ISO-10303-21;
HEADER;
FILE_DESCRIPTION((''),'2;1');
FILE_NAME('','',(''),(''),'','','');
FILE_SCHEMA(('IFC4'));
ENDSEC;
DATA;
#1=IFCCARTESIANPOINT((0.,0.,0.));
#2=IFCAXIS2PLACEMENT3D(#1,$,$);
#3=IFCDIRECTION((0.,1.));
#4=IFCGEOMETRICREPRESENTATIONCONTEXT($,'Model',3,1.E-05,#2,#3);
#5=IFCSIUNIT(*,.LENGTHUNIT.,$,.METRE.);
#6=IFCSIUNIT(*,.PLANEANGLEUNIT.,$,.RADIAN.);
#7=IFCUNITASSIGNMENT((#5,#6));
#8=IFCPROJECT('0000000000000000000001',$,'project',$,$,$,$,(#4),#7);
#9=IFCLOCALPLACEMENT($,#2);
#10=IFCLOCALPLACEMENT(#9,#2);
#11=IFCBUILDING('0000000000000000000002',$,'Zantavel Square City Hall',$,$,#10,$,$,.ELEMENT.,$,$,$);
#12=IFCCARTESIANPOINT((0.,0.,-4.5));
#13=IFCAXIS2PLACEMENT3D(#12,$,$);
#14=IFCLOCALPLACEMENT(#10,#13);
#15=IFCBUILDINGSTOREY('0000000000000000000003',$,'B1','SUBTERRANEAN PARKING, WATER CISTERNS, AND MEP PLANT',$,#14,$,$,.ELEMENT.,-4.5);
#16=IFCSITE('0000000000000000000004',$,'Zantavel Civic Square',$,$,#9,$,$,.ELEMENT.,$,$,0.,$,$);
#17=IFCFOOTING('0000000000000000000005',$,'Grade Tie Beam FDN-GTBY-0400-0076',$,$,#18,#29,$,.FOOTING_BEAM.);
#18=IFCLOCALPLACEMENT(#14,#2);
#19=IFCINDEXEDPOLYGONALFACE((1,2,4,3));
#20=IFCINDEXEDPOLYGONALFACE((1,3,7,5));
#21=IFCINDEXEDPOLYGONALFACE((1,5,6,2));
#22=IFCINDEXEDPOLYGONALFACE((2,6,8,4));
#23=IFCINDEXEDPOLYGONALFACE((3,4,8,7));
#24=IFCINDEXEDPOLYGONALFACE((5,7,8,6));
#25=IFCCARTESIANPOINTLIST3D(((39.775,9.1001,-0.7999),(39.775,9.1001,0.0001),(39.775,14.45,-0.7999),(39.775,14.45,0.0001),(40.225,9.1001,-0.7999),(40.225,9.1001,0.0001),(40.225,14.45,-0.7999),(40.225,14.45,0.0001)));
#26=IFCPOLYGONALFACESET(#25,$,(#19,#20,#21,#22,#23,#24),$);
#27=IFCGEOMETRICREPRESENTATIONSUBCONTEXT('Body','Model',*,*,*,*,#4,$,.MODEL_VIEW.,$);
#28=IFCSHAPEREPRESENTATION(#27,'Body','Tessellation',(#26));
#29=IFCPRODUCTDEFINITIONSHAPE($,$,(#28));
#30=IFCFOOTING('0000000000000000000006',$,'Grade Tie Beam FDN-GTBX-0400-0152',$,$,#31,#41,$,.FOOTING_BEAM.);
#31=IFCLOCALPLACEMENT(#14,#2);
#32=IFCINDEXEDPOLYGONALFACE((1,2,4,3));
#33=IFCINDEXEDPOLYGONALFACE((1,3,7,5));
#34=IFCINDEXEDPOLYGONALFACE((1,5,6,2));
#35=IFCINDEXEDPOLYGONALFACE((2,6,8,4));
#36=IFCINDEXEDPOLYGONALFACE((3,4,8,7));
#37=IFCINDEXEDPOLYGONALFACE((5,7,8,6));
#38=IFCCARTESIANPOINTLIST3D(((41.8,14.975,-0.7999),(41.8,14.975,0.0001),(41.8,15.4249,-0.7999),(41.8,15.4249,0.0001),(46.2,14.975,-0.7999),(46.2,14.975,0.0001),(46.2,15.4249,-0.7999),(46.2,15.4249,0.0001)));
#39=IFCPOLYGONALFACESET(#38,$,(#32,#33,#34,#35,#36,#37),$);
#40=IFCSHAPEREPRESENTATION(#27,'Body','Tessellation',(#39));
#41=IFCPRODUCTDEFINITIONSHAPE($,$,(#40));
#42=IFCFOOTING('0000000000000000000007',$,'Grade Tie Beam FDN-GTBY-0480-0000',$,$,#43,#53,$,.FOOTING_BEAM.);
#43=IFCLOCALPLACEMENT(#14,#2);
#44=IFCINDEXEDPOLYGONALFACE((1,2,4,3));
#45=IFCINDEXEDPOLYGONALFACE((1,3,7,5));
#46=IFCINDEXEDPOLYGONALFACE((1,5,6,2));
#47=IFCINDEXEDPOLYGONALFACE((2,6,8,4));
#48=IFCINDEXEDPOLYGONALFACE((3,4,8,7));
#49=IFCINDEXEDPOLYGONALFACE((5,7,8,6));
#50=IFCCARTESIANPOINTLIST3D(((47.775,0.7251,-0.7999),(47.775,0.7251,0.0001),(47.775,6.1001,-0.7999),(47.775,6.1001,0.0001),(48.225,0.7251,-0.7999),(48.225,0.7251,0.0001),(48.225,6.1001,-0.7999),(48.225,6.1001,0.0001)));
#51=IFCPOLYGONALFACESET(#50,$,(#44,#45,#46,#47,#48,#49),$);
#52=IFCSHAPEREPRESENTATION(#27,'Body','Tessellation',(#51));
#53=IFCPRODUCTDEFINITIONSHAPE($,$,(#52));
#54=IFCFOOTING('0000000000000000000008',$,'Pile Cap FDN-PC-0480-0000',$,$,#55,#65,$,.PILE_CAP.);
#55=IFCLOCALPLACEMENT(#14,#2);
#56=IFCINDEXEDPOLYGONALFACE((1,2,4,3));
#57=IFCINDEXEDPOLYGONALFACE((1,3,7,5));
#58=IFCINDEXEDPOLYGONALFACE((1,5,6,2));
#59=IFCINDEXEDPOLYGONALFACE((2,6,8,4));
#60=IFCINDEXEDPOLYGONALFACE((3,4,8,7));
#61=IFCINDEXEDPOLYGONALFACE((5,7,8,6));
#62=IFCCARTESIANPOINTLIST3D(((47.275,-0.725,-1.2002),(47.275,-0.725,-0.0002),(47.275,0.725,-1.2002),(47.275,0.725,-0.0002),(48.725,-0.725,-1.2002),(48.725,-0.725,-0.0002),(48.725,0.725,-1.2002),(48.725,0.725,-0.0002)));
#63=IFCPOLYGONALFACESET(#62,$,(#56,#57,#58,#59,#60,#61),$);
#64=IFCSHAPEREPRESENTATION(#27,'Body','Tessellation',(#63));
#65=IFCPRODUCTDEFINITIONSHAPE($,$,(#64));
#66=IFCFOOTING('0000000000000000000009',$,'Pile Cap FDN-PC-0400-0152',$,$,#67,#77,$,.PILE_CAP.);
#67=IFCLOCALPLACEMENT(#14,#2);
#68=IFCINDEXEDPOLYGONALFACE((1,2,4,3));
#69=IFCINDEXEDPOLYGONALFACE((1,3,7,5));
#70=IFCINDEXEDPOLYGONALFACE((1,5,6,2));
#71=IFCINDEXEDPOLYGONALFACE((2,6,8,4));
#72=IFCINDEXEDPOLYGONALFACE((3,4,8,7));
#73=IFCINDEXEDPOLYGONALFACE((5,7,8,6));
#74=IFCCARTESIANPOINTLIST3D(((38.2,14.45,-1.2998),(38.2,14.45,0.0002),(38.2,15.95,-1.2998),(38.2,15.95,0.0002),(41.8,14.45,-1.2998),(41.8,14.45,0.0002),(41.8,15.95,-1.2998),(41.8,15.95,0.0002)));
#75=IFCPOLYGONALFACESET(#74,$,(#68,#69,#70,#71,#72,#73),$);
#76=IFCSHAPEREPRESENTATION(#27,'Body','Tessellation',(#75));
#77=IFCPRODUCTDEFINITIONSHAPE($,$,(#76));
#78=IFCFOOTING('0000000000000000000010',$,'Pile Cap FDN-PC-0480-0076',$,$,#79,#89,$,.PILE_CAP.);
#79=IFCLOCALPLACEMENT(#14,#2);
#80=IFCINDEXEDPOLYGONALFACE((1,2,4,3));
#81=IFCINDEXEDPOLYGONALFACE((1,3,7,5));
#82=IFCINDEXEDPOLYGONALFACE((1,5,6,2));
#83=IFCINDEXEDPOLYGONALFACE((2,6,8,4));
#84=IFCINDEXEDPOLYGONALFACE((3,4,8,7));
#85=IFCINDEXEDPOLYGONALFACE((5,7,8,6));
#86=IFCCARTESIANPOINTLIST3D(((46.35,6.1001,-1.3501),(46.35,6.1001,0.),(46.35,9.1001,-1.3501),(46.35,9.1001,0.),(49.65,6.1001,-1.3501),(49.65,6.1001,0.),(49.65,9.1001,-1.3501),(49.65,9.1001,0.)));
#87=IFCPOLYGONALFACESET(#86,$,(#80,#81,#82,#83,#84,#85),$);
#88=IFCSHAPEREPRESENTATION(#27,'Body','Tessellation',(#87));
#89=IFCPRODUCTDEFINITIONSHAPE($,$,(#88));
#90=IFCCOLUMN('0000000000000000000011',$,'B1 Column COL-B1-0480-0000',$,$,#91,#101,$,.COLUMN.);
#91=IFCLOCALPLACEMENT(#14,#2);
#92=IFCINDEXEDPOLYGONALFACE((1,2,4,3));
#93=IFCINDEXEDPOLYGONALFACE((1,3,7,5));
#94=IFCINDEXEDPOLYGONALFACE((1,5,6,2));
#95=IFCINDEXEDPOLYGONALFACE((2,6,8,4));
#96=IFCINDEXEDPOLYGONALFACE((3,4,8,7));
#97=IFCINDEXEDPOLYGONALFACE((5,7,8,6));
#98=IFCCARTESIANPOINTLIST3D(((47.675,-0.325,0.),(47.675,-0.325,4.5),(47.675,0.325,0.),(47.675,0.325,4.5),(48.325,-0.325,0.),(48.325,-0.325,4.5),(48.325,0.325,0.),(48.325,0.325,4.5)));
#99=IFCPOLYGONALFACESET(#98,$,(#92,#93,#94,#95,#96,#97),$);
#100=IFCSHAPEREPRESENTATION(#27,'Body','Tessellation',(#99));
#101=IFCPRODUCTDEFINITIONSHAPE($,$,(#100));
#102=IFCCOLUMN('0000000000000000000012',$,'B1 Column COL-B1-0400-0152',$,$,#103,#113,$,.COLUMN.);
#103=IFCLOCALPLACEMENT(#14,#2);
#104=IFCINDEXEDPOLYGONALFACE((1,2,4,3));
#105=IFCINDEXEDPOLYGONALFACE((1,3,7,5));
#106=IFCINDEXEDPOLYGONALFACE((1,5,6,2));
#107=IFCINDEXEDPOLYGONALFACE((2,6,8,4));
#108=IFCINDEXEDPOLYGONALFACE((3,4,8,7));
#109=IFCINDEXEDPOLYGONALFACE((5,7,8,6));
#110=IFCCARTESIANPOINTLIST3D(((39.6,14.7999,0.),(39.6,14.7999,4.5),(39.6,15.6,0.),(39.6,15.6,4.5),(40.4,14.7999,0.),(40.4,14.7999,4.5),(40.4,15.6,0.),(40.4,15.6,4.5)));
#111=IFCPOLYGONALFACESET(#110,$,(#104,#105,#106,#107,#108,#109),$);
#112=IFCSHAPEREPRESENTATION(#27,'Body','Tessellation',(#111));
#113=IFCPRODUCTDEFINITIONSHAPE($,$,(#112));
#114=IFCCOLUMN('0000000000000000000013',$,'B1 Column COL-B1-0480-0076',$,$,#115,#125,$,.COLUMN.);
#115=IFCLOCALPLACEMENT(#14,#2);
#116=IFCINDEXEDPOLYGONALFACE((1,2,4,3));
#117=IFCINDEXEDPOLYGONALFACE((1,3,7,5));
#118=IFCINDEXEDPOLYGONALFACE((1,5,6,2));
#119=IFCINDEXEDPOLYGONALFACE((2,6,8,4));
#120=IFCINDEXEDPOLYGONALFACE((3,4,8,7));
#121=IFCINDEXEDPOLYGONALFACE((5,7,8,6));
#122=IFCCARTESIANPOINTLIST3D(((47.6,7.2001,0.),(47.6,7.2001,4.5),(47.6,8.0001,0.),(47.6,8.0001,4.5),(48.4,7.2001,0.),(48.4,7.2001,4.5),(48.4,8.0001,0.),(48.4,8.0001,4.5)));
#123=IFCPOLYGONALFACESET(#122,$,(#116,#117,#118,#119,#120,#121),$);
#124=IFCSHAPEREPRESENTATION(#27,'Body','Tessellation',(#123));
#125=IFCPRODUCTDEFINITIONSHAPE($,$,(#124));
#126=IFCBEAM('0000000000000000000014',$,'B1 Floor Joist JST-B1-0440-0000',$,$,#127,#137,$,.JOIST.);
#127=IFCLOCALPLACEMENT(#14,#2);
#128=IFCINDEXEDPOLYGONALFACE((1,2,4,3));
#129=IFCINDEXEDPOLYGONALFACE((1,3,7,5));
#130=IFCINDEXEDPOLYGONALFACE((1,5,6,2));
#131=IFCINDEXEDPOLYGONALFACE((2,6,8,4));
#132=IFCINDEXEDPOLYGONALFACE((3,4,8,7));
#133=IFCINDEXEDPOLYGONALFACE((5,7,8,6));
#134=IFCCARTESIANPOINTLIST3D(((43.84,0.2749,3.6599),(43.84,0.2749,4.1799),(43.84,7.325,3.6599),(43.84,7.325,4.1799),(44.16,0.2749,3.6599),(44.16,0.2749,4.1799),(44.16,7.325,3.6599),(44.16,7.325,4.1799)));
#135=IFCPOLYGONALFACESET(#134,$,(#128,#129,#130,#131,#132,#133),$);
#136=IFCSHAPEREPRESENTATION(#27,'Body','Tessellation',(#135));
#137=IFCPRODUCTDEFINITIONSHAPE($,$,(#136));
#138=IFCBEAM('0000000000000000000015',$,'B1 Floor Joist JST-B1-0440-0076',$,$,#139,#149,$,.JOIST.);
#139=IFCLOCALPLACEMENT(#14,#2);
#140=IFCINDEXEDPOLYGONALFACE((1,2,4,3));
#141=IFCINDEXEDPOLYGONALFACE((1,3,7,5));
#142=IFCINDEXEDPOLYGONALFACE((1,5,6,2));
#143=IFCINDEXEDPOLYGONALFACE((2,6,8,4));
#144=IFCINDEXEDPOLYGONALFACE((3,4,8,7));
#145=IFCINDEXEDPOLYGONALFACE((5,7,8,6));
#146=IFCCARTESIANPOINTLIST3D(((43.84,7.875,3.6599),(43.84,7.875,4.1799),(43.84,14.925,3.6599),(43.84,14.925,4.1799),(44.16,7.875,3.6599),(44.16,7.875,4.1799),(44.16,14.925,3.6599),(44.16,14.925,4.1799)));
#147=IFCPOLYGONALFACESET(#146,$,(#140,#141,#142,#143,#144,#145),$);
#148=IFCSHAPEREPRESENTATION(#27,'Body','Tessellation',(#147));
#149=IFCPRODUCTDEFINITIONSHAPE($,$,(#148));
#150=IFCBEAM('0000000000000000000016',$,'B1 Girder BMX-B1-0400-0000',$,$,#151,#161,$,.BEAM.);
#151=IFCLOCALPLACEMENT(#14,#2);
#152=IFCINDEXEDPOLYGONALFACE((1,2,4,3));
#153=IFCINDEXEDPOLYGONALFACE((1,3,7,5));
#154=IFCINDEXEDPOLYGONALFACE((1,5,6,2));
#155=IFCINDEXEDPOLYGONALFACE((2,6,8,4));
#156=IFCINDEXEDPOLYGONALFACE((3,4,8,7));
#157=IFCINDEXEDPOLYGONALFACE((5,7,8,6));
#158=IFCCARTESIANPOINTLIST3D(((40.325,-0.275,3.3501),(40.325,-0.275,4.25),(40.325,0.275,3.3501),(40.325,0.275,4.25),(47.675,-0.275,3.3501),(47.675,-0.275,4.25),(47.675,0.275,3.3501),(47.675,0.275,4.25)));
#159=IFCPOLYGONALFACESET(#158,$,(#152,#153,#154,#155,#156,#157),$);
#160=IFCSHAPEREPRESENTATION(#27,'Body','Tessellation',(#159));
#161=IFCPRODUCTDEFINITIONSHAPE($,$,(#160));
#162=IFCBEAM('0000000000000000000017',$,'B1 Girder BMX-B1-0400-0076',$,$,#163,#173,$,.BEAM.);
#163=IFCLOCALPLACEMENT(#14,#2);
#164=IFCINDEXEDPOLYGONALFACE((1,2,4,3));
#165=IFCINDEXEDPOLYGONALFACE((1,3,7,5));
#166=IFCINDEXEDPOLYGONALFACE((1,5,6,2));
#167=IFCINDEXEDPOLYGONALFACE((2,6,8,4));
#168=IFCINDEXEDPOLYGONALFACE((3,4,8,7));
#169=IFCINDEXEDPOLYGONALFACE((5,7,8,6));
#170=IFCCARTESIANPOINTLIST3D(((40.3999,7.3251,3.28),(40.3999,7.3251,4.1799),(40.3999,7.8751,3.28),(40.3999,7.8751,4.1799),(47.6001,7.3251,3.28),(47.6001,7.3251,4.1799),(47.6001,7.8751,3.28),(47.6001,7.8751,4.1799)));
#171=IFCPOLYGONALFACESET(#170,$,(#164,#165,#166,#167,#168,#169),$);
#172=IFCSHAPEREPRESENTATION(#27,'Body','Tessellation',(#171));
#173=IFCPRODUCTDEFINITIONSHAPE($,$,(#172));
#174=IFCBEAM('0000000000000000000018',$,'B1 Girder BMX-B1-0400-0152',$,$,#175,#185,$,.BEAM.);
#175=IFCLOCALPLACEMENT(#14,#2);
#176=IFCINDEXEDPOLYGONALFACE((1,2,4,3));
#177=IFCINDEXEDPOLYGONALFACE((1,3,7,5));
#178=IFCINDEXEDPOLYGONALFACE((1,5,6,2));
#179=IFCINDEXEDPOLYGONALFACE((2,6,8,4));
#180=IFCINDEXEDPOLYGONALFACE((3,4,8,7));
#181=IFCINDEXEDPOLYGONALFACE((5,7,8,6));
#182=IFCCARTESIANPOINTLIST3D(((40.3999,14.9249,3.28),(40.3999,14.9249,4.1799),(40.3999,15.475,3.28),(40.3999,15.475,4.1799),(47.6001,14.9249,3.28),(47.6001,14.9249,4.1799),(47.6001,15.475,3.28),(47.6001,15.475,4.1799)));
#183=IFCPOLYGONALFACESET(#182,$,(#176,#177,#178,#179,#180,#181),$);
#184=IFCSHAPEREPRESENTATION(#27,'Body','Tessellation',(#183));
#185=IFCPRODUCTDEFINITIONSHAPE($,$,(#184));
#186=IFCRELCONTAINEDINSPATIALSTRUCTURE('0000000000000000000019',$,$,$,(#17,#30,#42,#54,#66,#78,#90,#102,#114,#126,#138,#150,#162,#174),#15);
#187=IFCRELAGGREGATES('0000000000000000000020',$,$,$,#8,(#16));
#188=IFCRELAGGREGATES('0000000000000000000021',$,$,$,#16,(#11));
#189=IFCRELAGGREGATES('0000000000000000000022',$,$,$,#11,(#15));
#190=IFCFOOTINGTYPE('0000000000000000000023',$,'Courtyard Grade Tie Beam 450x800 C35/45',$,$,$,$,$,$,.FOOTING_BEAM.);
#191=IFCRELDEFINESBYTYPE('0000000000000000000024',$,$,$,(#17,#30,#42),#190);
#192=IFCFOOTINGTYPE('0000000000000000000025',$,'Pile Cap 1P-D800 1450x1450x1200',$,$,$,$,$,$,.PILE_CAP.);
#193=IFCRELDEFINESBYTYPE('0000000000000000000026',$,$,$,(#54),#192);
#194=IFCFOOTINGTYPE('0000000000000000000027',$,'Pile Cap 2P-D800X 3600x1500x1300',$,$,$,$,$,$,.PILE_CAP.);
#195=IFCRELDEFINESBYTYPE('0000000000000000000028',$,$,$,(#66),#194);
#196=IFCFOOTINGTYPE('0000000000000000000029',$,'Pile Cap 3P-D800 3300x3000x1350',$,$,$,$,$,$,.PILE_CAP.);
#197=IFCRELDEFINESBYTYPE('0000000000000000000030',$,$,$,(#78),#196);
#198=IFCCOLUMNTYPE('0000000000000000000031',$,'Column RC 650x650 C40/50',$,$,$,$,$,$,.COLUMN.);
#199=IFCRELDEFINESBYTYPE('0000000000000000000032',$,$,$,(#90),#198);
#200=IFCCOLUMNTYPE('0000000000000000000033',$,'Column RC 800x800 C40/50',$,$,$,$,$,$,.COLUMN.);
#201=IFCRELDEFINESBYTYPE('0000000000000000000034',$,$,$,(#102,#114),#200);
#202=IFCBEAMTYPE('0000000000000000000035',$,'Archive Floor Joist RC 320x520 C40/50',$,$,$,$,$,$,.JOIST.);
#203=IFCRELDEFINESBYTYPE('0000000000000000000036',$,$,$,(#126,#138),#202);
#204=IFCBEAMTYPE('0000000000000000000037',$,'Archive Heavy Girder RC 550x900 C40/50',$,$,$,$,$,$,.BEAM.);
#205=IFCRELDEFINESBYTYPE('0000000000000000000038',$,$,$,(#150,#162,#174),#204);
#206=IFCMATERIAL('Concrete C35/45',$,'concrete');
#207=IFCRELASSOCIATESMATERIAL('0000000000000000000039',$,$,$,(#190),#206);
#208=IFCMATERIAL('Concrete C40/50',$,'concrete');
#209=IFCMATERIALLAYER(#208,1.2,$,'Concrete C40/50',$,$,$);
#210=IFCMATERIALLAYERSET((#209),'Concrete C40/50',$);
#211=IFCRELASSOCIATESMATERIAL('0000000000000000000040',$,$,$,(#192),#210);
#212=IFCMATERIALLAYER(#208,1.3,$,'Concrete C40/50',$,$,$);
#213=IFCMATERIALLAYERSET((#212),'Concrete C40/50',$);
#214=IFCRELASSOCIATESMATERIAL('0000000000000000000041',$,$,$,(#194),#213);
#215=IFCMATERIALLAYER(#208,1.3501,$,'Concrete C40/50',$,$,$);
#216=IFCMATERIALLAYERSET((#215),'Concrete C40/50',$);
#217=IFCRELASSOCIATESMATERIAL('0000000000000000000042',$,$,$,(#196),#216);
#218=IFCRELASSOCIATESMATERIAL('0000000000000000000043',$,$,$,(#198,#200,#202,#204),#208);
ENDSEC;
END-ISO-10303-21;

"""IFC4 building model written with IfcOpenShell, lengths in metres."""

from ifc_helpers import new_model, si_unit, direction, frame, origin, origin_2d, place, context, subcontext, project, spatial, rectangle, extrude, material, layer, layer_set, material_profile, profile_set, type_object, element, save


model = new_model("IFC4")

# Units and contexts
model_context = context("Model", 3, precision=1e-05, world=origin(), true_north=direction((0.0, 1.0)))
body_context = subcontext(model_context, "Body", "Model", "MODEL_VIEW")
ifc_project = project(units=[si_unit("LENGTHUNIT", "METRE"), si_unit("PLANEANGLEUNIT", "RADIAN")], contexts=[model_context])

# Site, building, storey
site_placement = place(None, origin())
site = spatial("IfcSite", under=ifc_project, at=site_placement, Name="Zantavel Civic Square", CompositionType="ELEMENT", RefElevation=0.0)
building_placement = place(site_placement, origin())
building = spatial("IfcBuilding", under=site, at=building_placement, Name="Zantavel Square City Hall", CompositionType="ELEMENT")
storey_placement = place(building_placement, frame((0.0, 0.0, -4.5)))
storey = spatial("IfcBuildingStorey", under=building, at=storey_placement, Name="B1", Description="SUBTERRANEAN PARKING, WATER CISTERNS, AND MEP PLANT", CompositionType="ELEMENT", Elevation=-4.5)

# Shared definitions
ifc_material_1 = material(Name="Concrete C35/45", Category="concrete")

# Footings
ifc_material_profile_1 = material_profile(ifc_material_1, rectangle(XDim=0.45, YDim=0.8, at=origin_2d()), Name="RC 450x800")
ifc_profile_set_1 = profile_set([ifc_material_profile_1], Name="Concrete C35/45")
footing_type_1 = type_object("IfcFootingType", Name="Courtyard Grade Tie Beam 450x800 C35/45", PredefinedType="FOOTING_BEAM", material=ifc_profile_set_1)
footing_1_placement = place(storey_placement, frame((40.0, 9.1001, -0.3999), z_axis=(0.0, 1.0, 0.0), x_axis=(-1.0, 0.0, 0.0)))
element("IfcFooting", 1, at=footing_1_placement, inside=storey, type_object=footing_type_1, Name="Grade Tie Beam FDN-GTBY-0400-0076", PredefinedType="FOOTING_BEAM", context=body_context, shape_type="SweptSolid", body=[
    extrude(rectangle(XDim=0.45, YDim=0.8, at=origin_2d()), origin(), (0.0, 0.0, 1.0), 5.3499),
])
footing_2_placement = place(storey_placement, frame((41.8, 15.2, -0.3999), z_axis=(1.0, 0.0, 0.0), x_axis=(0.0, 1.0, 0.0)))
element("IfcFooting", 2, at=footing_2_placement, inside=storey, type_object=footing_type_1, Name="Grade Tie Beam FDN-GTBX-0400-0152", PredefinedType="FOOTING_BEAM", context=body_context, shape_type="SweptSolid", body=[
    extrude(rectangle(XDim=0.45, YDim=0.8, at=origin_2d()), origin(), (0.0, 0.0, 1.0), 4.3999),
])
footing_3_placement = place(storey_placement, frame((48.0, 0.7251, -0.3999), z_axis=(0.0, 1.0, 0.0), x_axis=(-1.0, 0.0, 0.0)))
element("IfcFooting", 3, at=footing_3_placement, inside=storey, type_object=footing_type_1, Name="Grade Tie Beam FDN-GTBY-0480-0000", PredefinedType="FOOTING_BEAM", context=body_context, shape_type="SweptSolid", body=[
    extrude(rectangle(XDim=0.45, YDim=0.8, at=origin_2d()), origin(), (0.0, 0.0, 1.0), 5.375),
])
ifc_material_2 = material(Name="Concrete C40/50", Category="concrete")
ifc_layer_1 = layer(ifc_material_2, 1.2, Name="Concrete C40/50")
ifc_layer_set_1 = layer_set([ifc_layer_1], Name="Concrete C40/50")
footing_type_2 = type_object("IfcFootingType", Name="Pile Cap 1P-D800 1450x1450x1200", PredefinedType="PILE_CAP", material=ifc_layer_set_1)
footing_4_placement = place(storey_placement, frame((48.0, 0.0, -1.2002), z_axis=(0.0, 0.0, 1.0), x_axis=(1.0, 0.0, 0.0)))
element("IfcFooting", 4, at=footing_4_placement, inside=storey, type_object=footing_type_2, Name="Pile Cap FDN-PC-0480-0000", PredefinedType="PILE_CAP", context=body_context, shape_type="SweptSolid", body=[
    extrude(rectangle(XDim=1.45, YDim=1.45, at=origin_2d()), origin(), (0.0, 0.0, 1.0), 1.2),
])
ifc_layer_2 = layer(ifc_material_2, 1.3, Name="Concrete C40/50")
ifc_layer_set_2 = layer_set([ifc_layer_2], Name="Concrete C40/50")
footing_type_3 = type_object("IfcFootingType", Name="Pile Cap 2P-D800X 3600x1500x1300", PredefinedType="PILE_CAP", material=ifc_layer_set_2)
footing_5_placement = place(storey_placement, frame((40.0, 15.2, -1.2998), z_axis=(0.0, 0.0, 1.0), x_axis=(1.0, 0.0, 0.0)))
element("IfcFooting", 5, at=footing_5_placement, inside=storey, type_object=footing_type_3, Name="Pile Cap FDN-PC-0400-0152", PredefinedType="PILE_CAP", context=body_context, shape_type="SweptSolid", body=[
    extrude(rectangle(XDim=3.6001, YDim=1.5, at=origin_2d()), origin(), (0.0, 0.0, 1.0), 1.3),
])
ifc_layer_3 = layer(ifc_material_2, 1.3501, Name="Concrete C40/50")
ifc_layer_set_3 = layer_set([ifc_layer_3], Name="Concrete C40/50")
footing_type_4 = type_object("IfcFootingType", Name="Pile Cap 3P-D800 3300x3000x1350", PredefinedType="PILE_CAP", material=ifc_layer_set_3)
footing_6_placement = place(storey_placement, frame((48.0, 7.6001, -1.3501), z_axis=(0.0, 0.0, 1.0), x_axis=(1.0, 0.0, 0.0)))
element("IfcFooting", 6, at=footing_6_placement, inside=storey, type_object=footing_type_4, Name="Pile Cap FDN-PC-0480-0076", PredefinedType="PILE_CAP", context=body_context, shape_type="SweptSolid", body=[
    extrude(rectangle(XDim=3.3, YDim=3.0, at=origin_2d()), origin(), (0.0, 0.0, 1.0), 1.3501),
])

# Columns
ifc_material_profile_2 = material_profile(ifc_material_2, rectangle(XDim=0.6499, YDim=0.6499, at=origin_2d()), Name="RC 650x650")
ifc_profile_set_2 = profile_set([ifc_material_profile_2], Name="Concrete C40/50")
column_type_1 = type_object("IfcColumnType", Name="Column RC 650x650 C40/50", PredefinedType="COLUMN", material=ifc_profile_set_2)
column_placement = place(storey_placement, frame((48.0, 0.0, 0.0), z_axis=(0.0, 0.0, 1.0), x_axis=(1.0, 0.0, 0.0)))
element("IfcColumn", 7, at=column_placement, inside=storey, type_object=column_type_1, Name="B1 Column COL-B1-0480-0000", PredefinedType="COLUMN", context=body_context, shape_type="SweptSolid", body=[
    extrude(rectangle(XDim=0.6499, YDim=0.6499, at=origin_2d()), origin(), (0.0, 0.0, 1.0), 4.5),
])
ifc_material_profile_3 = material_profile(ifc_material_2, rectangle(XDim=0.8, YDim=0.8, at=origin_2d()), Name="RC 800x800")
ifc_profile_set_3 = profile_set([ifc_material_profile_3], Name="Concrete C40/50")
column_type_2 = type_object("IfcColumnType", Name="Column RC 800x800 C40/50", PredefinedType="COLUMN", material=ifc_profile_set_3)
for number, where, z_axis, x_axis, name in (
    (8, (40.0, 15.2, 0.0), (0.0, 0.0, 1.0), (1.0, 0.0, 0.0), "B1 Column COL-B1-0400-0152"),
    (9, (48.0, 7.6001, 0.0), (0.0, 0.0, 1.0), (1.0, 0.0, 0.0), "B1 Column COL-B1-0480-0076"),
):
    element("IfcColumn", number, at=place(storey_placement, frame(where, z_axis=z_axis, x_axis=x_axis)), inside=storey, type_object=column_type_2, Name=name, PredefinedType="COLUMN", context=body_context, shape_type="SweptSolid", body=[
        extrude(rectangle(XDim=0.8, YDim=0.8, at=origin_2d()), origin(), (0.0, 0.0, 1.0), 4.5),
    ])

# Beams
ifc_material_profile_4 = material_profile(ifc_material_2, rectangle(XDim=0.3201, YDim=0.52, at=origin_2d()), Name="RC 320x520")
ifc_profile_set_4 = profile_set([ifc_material_profile_4], Name="Concrete C40/50")
beam_type_1 = type_object("IfcBeamType", Name="Archive Floor Joist RC 320x520 C40/50", PredefinedType="JOIST", material=ifc_profile_set_4)
for number, where, z_axis, x_axis, name in (
    (10, (44.0, 0.2749, 3.9199), (0.0, 1.0, 0.0), (-1.0, 0.0, 0.0), "B1 Floor Joist JST-B1-0440-0000"),
    (11, (44.0, 7.875, 3.9199), (0.0, 1.0, 0.0), (-1.0, 0.0, 0.0), "B1 Floor Joist JST-B1-0440-0076"),
):
    element("IfcBeam", number, at=place(storey_placement, frame(where, z_axis=z_axis, x_axis=x_axis)), inside=storey, type_object=beam_type_1, Name=name, PredefinedType="JOIST", context=body_context, shape_type="SweptSolid", body=[
        extrude(rectangle(XDim=0.3201, YDim=0.52, at=origin_2d()), origin(), (0.0, 0.0, 1.0), 7.05),
    ])
ifc_material_profile_5 = material_profile(ifc_material_2, rectangle(XDim=0.55, YDim=0.8999, at=origin_2d()), Name="RC 550x900")
ifc_profile_set_5 = profile_set([ifc_material_profile_5], Name="Concrete C40/50")
beam_type_2 = type_object("IfcBeamType", Name="Archive Heavy Girder RC 550x900 C40/50", PredefinedType="BEAM", material=ifc_profile_set_5)
beam_1_placement = place(storey_placement, frame((40.325, 0.0, 3.8), z_axis=(1.0, 0.0, 0.0), x_axis=(0.0, 1.0, 0.0)))
element("IfcBeam", 12, at=beam_1_placement, inside=storey, type_object=beam_type_2, Name="B1 Girder BMX-B1-0400-0000", PredefinedType="BEAM", context=body_context, shape_type="SweptSolid", body=[
    extrude(rectangle(XDim=0.55, YDim=0.8999, at=origin_2d()), origin(), (0.0, 0.0, 1.0), 7.3501),
])
for number, where, z_axis, x_axis, name in (
    (13, (40.3999, 7.6001, 3.73), (1.0, 0.0, 0.0), (0.0, 1.0, 0.0), "B1 Girder BMX-B1-0400-0076"),
    (14, (40.3999, 15.2, 3.73), (1.0, 0.0, 0.0), (0.0, 1.0, 0.0), "B1 Girder BMX-B1-0400-0152"),
):
    element("IfcBeam", number, at=place(storey_placement, frame(where, z_axis=z_axis, x_axis=x_axis)), inside=storey, type_object=beam_type_2, Name=name, PredefinedType="BEAM", context=body_context, shape_type="SweptSolid", body=[
        extrude(rectangle(XDim=0.55, YDim=0.8999, at=origin_2d()), origin(), (0.0, 0.0, 1.0), 7.2002),
    ])

save(model, "model.ifc")
